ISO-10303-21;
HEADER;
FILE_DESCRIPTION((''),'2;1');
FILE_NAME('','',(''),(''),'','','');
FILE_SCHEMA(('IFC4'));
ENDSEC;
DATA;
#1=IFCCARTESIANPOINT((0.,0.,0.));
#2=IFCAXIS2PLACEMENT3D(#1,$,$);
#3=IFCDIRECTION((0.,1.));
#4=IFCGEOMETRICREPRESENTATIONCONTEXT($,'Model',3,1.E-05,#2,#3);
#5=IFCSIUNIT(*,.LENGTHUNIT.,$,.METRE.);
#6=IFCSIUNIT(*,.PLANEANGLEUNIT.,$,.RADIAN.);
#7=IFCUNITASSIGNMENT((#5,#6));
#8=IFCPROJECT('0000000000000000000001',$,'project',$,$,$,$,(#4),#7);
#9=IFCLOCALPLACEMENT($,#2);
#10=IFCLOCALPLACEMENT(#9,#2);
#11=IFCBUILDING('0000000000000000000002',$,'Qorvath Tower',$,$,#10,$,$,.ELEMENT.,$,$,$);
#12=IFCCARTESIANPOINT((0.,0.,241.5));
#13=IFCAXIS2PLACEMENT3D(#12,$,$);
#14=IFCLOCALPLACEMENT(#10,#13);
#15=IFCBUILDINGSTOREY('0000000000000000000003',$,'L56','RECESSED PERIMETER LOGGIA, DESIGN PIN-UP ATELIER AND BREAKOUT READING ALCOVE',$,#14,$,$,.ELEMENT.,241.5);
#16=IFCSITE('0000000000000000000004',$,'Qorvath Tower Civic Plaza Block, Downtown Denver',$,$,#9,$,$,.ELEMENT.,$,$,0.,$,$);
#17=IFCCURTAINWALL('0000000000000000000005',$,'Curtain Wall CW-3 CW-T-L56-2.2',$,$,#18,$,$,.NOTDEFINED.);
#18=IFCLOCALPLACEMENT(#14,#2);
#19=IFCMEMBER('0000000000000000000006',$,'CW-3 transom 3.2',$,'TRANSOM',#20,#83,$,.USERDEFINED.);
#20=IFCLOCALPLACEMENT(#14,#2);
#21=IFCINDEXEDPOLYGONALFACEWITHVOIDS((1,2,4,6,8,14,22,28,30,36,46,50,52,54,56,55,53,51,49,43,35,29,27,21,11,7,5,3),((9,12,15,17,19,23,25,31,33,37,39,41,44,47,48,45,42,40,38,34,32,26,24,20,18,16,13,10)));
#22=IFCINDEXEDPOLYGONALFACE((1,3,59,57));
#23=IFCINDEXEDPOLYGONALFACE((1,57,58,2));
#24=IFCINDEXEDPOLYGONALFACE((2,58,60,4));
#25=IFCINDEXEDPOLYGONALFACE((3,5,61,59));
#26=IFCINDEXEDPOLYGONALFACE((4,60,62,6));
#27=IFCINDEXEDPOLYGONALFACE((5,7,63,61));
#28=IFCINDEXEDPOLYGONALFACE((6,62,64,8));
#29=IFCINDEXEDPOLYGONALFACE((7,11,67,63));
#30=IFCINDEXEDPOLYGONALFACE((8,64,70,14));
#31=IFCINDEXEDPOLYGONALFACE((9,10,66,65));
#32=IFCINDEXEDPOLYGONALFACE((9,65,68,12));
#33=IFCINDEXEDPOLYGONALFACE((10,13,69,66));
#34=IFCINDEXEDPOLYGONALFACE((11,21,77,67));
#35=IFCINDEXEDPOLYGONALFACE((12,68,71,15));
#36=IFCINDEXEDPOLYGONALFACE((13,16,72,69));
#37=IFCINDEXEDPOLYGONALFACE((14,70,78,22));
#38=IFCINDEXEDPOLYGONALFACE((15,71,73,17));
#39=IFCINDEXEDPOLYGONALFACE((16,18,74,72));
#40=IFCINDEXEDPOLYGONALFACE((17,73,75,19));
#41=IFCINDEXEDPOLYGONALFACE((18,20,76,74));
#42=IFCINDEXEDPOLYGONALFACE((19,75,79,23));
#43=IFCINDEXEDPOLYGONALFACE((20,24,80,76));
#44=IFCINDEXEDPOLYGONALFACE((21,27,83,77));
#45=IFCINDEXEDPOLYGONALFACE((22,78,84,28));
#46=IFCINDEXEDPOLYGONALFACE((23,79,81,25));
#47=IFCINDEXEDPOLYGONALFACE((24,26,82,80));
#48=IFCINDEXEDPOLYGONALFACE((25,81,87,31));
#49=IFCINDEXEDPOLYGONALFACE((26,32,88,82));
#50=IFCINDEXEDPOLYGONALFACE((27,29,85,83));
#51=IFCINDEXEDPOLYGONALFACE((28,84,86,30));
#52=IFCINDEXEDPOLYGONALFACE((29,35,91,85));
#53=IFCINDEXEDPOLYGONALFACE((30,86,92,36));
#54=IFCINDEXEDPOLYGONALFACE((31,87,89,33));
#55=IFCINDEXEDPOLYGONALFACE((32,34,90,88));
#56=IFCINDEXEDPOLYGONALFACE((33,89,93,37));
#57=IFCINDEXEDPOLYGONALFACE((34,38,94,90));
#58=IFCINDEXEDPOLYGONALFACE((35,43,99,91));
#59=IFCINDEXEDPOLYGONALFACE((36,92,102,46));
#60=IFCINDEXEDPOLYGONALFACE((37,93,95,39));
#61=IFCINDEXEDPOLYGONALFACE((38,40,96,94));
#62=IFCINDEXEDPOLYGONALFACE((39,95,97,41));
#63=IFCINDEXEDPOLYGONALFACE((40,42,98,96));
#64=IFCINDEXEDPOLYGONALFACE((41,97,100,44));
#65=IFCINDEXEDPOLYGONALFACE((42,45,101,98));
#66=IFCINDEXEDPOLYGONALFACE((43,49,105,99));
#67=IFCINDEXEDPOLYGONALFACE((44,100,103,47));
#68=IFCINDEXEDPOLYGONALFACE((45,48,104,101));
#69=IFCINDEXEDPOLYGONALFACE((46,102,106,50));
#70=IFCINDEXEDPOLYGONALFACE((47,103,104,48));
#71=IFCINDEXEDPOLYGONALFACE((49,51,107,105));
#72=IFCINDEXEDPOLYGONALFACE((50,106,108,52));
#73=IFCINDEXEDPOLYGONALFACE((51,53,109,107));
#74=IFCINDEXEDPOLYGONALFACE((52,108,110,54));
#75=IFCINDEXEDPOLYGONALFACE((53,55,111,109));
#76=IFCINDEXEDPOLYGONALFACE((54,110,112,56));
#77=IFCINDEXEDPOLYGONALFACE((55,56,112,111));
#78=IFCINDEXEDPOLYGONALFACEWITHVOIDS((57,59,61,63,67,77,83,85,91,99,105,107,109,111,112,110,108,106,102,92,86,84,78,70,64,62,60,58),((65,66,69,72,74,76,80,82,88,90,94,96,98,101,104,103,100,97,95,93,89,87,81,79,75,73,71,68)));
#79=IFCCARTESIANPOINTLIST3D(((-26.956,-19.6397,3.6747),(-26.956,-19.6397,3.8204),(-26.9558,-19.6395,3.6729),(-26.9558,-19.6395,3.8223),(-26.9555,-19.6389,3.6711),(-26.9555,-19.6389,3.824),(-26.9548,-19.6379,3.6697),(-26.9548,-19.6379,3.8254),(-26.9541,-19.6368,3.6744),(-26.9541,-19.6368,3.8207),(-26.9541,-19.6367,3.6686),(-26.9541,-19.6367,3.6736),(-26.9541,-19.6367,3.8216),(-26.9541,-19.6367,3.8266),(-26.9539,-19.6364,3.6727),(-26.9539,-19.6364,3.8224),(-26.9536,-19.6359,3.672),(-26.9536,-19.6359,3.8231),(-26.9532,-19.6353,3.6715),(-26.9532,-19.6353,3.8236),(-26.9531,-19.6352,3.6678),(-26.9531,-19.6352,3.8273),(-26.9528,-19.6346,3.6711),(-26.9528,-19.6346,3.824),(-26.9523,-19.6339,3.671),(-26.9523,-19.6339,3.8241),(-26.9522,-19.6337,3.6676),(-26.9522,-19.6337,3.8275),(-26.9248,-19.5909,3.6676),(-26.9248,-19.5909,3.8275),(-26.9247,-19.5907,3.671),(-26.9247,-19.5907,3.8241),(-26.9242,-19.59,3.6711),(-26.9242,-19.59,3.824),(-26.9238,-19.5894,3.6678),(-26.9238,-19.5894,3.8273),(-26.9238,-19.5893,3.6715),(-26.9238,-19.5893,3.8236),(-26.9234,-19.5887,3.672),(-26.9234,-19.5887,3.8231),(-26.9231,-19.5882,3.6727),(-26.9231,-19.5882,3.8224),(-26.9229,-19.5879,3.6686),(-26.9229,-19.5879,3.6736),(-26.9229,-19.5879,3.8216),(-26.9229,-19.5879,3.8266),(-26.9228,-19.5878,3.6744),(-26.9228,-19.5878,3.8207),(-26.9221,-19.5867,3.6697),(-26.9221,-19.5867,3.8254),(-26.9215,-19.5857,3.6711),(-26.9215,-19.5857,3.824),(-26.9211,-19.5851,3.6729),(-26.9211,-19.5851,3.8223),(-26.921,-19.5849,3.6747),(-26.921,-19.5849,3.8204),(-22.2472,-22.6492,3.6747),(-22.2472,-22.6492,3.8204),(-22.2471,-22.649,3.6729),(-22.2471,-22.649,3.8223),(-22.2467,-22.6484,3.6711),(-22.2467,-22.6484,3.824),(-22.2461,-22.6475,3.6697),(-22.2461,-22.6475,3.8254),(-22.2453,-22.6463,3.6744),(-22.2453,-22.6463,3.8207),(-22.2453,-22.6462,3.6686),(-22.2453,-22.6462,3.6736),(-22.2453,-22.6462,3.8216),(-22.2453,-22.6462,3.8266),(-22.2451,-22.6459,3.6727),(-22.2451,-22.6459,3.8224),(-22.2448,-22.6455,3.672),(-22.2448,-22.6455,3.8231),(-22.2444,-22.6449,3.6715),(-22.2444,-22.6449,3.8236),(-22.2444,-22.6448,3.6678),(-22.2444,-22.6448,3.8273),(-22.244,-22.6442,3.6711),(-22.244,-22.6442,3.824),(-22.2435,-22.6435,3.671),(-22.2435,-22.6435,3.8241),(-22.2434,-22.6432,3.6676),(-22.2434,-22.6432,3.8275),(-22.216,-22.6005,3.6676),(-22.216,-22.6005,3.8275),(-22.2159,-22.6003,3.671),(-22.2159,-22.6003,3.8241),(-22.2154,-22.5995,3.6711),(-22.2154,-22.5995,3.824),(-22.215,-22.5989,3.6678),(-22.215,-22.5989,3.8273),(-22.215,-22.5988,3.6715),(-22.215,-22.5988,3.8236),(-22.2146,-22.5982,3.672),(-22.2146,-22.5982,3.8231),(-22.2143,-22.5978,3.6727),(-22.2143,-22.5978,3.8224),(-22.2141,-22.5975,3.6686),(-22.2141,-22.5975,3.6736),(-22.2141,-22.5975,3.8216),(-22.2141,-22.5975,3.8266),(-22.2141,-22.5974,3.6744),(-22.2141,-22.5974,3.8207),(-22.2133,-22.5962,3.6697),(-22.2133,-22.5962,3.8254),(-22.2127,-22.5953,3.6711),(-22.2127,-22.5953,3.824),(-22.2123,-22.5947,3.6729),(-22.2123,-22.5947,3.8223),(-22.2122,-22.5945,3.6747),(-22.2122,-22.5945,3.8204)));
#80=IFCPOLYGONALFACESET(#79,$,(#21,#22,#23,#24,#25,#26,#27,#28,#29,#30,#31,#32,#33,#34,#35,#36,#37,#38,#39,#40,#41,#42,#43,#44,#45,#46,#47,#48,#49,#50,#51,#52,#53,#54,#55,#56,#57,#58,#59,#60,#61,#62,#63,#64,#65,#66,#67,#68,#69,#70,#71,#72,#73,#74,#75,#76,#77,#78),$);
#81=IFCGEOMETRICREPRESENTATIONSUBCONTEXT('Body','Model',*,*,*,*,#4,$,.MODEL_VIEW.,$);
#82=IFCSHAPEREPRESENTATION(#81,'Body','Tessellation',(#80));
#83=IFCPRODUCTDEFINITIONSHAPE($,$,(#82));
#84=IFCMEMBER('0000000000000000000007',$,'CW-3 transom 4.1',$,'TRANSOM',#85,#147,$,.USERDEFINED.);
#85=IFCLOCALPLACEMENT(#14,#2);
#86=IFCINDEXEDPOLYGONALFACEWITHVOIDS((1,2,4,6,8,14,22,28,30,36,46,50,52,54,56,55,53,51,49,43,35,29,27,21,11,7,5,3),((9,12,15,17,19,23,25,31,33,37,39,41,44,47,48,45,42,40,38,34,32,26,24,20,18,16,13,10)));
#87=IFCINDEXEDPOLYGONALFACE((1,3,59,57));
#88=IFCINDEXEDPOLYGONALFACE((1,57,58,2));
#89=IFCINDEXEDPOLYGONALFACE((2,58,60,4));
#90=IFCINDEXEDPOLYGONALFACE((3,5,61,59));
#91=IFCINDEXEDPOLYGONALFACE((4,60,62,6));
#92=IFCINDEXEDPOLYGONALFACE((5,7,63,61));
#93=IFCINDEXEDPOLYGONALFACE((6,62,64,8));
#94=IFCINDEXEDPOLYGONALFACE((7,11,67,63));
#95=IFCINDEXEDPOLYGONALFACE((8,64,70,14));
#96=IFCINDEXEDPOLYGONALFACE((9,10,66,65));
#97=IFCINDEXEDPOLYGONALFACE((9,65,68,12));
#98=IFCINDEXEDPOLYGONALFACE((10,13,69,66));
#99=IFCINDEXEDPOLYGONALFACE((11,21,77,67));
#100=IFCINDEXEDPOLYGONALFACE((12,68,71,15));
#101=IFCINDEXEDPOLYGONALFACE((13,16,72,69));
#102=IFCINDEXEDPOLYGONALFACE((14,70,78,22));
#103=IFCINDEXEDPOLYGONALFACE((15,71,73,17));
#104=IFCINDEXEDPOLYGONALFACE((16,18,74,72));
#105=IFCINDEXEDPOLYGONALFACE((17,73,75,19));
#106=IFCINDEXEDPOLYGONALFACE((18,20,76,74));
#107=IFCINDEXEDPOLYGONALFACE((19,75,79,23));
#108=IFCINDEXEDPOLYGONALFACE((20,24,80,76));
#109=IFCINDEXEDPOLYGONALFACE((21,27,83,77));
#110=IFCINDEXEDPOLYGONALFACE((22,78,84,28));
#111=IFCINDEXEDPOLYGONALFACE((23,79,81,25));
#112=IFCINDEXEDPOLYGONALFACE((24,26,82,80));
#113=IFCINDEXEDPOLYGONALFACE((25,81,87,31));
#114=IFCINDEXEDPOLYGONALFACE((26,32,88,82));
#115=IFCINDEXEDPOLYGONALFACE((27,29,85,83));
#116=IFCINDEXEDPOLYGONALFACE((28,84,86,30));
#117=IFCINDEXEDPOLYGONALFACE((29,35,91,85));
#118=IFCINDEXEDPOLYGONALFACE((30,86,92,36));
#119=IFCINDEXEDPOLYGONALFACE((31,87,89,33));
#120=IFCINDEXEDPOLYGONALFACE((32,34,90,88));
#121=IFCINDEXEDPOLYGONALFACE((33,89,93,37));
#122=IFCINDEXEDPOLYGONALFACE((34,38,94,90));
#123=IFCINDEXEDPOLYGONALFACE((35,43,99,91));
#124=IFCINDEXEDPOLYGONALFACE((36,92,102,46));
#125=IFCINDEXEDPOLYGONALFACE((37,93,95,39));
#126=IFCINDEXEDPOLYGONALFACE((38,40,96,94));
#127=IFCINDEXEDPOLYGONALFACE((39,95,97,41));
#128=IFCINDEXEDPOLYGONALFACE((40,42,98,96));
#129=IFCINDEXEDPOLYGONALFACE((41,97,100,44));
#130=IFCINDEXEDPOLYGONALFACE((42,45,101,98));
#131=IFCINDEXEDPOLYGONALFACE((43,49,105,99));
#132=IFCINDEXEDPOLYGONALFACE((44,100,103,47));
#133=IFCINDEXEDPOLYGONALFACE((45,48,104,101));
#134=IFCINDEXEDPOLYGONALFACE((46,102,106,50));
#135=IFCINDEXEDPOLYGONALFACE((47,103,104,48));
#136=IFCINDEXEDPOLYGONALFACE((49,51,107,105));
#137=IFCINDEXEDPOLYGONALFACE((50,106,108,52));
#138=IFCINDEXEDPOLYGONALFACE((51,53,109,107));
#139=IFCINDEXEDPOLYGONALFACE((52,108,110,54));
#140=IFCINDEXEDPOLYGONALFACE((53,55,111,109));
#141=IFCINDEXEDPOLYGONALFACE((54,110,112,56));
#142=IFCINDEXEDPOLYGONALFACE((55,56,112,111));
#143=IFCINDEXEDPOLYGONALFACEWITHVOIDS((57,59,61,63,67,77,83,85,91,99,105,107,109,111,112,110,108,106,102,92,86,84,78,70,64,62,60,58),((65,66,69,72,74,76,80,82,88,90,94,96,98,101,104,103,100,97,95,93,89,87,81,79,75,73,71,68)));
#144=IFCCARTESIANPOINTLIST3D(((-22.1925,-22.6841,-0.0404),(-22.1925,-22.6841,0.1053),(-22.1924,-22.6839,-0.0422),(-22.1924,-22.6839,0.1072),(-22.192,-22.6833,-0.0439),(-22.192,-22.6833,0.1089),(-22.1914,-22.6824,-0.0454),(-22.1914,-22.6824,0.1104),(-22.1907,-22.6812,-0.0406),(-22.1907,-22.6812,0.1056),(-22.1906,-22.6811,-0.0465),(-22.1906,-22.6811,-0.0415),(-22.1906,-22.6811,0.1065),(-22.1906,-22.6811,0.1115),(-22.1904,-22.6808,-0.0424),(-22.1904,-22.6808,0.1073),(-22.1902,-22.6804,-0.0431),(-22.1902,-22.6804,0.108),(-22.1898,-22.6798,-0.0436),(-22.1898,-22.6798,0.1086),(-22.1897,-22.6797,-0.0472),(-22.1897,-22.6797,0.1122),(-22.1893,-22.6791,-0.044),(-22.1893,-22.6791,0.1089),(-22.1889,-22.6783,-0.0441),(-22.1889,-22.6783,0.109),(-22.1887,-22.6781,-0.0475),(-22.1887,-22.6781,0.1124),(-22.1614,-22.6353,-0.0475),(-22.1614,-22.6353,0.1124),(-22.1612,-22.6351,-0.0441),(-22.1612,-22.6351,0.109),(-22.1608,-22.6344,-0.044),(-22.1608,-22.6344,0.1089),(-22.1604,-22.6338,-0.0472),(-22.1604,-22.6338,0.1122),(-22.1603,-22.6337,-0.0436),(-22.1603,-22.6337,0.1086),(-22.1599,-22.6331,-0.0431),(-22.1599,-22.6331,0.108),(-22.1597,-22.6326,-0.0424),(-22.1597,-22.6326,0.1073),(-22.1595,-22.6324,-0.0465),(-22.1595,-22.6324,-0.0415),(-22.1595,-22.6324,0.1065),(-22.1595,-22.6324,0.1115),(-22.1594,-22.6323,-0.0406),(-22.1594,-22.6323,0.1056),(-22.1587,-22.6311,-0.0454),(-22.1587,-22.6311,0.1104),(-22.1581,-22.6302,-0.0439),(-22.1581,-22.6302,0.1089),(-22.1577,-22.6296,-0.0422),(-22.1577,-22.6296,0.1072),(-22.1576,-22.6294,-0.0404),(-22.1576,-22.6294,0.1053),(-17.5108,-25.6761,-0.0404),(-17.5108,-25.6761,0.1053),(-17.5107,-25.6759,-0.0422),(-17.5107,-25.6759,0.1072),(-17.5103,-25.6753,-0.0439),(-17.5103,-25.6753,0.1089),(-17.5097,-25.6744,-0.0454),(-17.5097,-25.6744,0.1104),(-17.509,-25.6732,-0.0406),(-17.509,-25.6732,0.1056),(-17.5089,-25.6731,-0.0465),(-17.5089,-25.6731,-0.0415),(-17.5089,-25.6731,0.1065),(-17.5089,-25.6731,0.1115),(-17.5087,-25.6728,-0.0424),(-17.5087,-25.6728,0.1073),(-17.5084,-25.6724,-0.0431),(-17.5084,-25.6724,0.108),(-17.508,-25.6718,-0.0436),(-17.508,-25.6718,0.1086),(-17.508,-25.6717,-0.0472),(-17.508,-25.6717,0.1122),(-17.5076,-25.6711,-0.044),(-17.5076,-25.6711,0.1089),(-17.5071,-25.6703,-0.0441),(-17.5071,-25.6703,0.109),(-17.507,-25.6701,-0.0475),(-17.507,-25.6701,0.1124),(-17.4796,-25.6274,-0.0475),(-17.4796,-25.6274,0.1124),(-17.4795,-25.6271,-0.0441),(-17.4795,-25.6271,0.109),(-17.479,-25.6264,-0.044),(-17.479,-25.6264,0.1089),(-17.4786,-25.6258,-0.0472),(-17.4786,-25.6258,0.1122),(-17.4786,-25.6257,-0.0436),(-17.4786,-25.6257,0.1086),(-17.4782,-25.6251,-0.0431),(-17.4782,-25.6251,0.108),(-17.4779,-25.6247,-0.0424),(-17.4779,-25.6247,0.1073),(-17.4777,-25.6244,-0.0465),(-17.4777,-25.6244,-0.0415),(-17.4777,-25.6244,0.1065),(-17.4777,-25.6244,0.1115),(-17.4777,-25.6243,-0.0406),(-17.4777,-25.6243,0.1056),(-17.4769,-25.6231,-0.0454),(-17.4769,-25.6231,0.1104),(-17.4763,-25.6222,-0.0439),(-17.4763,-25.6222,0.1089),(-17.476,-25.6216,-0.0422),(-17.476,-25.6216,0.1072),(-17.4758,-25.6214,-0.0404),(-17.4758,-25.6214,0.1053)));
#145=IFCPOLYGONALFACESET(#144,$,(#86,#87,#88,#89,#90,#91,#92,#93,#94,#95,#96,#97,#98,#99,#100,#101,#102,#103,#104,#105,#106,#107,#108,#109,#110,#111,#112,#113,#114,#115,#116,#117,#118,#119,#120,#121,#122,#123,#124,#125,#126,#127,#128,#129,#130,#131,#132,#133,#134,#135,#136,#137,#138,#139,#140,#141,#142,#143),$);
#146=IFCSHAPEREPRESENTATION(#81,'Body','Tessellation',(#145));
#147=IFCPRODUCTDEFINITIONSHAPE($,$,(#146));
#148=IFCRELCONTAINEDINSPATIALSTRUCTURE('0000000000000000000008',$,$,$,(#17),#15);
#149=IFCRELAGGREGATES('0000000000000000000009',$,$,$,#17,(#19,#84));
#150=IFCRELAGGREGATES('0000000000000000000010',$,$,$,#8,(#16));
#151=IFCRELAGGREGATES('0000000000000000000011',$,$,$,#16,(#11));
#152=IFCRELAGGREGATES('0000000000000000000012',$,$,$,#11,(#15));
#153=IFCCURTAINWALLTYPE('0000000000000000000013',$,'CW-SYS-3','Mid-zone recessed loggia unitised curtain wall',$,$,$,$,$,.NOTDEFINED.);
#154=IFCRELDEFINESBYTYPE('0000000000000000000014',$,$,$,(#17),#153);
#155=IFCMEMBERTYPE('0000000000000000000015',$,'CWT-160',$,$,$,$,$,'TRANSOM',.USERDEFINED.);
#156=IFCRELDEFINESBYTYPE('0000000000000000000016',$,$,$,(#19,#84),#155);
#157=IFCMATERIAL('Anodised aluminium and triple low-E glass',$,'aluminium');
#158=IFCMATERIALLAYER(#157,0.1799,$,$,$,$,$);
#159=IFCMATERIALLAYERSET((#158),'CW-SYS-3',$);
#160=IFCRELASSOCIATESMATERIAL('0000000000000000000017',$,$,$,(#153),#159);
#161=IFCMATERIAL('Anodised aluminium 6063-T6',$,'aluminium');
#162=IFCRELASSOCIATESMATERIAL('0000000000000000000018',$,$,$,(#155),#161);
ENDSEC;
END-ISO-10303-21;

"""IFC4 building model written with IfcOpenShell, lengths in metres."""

from ifc_helpers import new_model, si_unit, direction, frame, origin, origin_2d, place, context, subcontext, project, spatial, hollow_rectangle, extrude, material, layer, layer_set, material_profile, profile_set, type_object, element, aggregate, save


model = new_model("IFC4")

# Units and contexts
model_context = context("Model", 3, precision=1e-05, world=origin(), true_north=direction((0.0, 1.0)))
body_context = subcontext(model_context, "Body", "Model", "MODEL_VIEW")
ifc_project = project(units=[si_unit("LENGTHUNIT", "METRE"), si_unit("PLANEANGLEUNIT", "RADIAN")], contexts=[model_context])

# Site, building, storey
site_placement = place(None, origin())
site = spatial("IfcSite", under=ifc_project, at=site_placement, Name="Qorvath Tower Civic Plaza Block, Downtown Denver", CompositionType="ELEMENT", RefElevation=0.0)
building_placement = place(site_placement, origin())
building = spatial("IfcBuilding", under=site, at=building_placement, Name="Qorvath Tower", CompositionType="ELEMENT")
storey_placement = place(building_placement, frame((0.0, 0.0, 241.5)))
storey = spatial("IfcBuildingStorey", under=building, at=storey_placement, Name="L56", Description="RECESSED PERIMETER LOGGIA, DESIGN PIN-UP ATELIER AND BREAKOUT READING ALCOVE", CompositionType="ELEMENT", Elevation=241.5)

# Curtain wall, members
ifc_material_1 = material(Name="Anodised aluminium and triple low-E glass", Category="aluminium")
ifc_layer_1 = layer(ifc_material_1, 0.1799)
ifc_layer_set_1 = layer_set([ifc_layer_1], Name="CW-SYS-3")
curtain_wall_type = type_object("IfcCurtainWallType", Name="CW-SYS-3", Description="Mid-zone recessed loggia unitised curtain wall", PredefinedType="NOTDEFINED", material=ifc_layer_set_1)
curtain_wall_placement = place(storey_placement, origin())
curtain_wall = element("IfcCurtainWall", 1, at=curtain_wall_placement, inside=storey, type_object=curtain_wall_type, Name="Curtain Wall CW-3 CW-T-L56-2.2", PredefinedType="NOTDEFINED")
ifc_material_2 = material(Name="Anodised aluminium 6063-T6", Category="aluminium")
ifc_material_profile_1 = material_profile(ifc_material_2, hollow_rectangle(XDim=0.0649, YDim=0.1599, WallThickness=0.0034, InnerFilletRadius=0.0034, OuterFilletRadius=0.0071, at=origin_2d()), Name="CWT 160x65")
ifc_profile_set_1 = profile_set([ifc_material_profile_1], Name="Anodised aluminium 6063-T6")
member_type_1 = type_object("IfcMemberType", Name="CWT-160", ElementType="TRANSOM", PredefinedType="USERDEFINED", material=ifc_profile_set_1)
member_1_placement = place(storey_placement, frame((-26.9385, -19.6123, 3.7476), z_axis=(0.842602, -0.538537, 0.0), x_axis=(0.538537, 0.842602, 0.0)))
member_1 = element("IfcMember", 2, at=member_1_placement, type_object=member_type_1, Name="CW-3 transom 3.2", ObjectType="TRANSOM", PredefinedType="USERDEFINED", context=body_context, shape_type="SweptSolid", body=[
    extrude(hollow_rectangle(XDim=0.0649, YDim=0.1599, WallThickness=0.0034, InnerFilletRadius=0.0034, OuterFilletRadius=0.0071, at=origin_2d()), origin(), (0.0, 0.0, 1.0), 5.5884),
])
member_2_placement = place(storey_placement, frame((-22.175, -22.6567, 0.0325), z_axis=(0.842623, -0.538504, 0.0), x_axis=(0.538504, 0.842623, 0.0)))
member_2 = element("IfcMember", 3, at=member_2_placement, type_object=member_type_1, Name="CW-3 transom 4.1", ObjectType="TRANSOM", PredefinedType="USERDEFINED", context=body_context, shape_type="SweptSolid", body=[
    extrude(hollow_rectangle(XDim=0.0649, YDim=0.1599, WallThickness=0.0034, InnerFilletRadius=0.0034, OuterFilletRadius=0.0071, at=origin_2d()), origin(), (0.0, 0.0, 1.0), 5.5562),
])
aggregate(curtain_wall, [member_1, member_2])

save(model, "model.ifc")
